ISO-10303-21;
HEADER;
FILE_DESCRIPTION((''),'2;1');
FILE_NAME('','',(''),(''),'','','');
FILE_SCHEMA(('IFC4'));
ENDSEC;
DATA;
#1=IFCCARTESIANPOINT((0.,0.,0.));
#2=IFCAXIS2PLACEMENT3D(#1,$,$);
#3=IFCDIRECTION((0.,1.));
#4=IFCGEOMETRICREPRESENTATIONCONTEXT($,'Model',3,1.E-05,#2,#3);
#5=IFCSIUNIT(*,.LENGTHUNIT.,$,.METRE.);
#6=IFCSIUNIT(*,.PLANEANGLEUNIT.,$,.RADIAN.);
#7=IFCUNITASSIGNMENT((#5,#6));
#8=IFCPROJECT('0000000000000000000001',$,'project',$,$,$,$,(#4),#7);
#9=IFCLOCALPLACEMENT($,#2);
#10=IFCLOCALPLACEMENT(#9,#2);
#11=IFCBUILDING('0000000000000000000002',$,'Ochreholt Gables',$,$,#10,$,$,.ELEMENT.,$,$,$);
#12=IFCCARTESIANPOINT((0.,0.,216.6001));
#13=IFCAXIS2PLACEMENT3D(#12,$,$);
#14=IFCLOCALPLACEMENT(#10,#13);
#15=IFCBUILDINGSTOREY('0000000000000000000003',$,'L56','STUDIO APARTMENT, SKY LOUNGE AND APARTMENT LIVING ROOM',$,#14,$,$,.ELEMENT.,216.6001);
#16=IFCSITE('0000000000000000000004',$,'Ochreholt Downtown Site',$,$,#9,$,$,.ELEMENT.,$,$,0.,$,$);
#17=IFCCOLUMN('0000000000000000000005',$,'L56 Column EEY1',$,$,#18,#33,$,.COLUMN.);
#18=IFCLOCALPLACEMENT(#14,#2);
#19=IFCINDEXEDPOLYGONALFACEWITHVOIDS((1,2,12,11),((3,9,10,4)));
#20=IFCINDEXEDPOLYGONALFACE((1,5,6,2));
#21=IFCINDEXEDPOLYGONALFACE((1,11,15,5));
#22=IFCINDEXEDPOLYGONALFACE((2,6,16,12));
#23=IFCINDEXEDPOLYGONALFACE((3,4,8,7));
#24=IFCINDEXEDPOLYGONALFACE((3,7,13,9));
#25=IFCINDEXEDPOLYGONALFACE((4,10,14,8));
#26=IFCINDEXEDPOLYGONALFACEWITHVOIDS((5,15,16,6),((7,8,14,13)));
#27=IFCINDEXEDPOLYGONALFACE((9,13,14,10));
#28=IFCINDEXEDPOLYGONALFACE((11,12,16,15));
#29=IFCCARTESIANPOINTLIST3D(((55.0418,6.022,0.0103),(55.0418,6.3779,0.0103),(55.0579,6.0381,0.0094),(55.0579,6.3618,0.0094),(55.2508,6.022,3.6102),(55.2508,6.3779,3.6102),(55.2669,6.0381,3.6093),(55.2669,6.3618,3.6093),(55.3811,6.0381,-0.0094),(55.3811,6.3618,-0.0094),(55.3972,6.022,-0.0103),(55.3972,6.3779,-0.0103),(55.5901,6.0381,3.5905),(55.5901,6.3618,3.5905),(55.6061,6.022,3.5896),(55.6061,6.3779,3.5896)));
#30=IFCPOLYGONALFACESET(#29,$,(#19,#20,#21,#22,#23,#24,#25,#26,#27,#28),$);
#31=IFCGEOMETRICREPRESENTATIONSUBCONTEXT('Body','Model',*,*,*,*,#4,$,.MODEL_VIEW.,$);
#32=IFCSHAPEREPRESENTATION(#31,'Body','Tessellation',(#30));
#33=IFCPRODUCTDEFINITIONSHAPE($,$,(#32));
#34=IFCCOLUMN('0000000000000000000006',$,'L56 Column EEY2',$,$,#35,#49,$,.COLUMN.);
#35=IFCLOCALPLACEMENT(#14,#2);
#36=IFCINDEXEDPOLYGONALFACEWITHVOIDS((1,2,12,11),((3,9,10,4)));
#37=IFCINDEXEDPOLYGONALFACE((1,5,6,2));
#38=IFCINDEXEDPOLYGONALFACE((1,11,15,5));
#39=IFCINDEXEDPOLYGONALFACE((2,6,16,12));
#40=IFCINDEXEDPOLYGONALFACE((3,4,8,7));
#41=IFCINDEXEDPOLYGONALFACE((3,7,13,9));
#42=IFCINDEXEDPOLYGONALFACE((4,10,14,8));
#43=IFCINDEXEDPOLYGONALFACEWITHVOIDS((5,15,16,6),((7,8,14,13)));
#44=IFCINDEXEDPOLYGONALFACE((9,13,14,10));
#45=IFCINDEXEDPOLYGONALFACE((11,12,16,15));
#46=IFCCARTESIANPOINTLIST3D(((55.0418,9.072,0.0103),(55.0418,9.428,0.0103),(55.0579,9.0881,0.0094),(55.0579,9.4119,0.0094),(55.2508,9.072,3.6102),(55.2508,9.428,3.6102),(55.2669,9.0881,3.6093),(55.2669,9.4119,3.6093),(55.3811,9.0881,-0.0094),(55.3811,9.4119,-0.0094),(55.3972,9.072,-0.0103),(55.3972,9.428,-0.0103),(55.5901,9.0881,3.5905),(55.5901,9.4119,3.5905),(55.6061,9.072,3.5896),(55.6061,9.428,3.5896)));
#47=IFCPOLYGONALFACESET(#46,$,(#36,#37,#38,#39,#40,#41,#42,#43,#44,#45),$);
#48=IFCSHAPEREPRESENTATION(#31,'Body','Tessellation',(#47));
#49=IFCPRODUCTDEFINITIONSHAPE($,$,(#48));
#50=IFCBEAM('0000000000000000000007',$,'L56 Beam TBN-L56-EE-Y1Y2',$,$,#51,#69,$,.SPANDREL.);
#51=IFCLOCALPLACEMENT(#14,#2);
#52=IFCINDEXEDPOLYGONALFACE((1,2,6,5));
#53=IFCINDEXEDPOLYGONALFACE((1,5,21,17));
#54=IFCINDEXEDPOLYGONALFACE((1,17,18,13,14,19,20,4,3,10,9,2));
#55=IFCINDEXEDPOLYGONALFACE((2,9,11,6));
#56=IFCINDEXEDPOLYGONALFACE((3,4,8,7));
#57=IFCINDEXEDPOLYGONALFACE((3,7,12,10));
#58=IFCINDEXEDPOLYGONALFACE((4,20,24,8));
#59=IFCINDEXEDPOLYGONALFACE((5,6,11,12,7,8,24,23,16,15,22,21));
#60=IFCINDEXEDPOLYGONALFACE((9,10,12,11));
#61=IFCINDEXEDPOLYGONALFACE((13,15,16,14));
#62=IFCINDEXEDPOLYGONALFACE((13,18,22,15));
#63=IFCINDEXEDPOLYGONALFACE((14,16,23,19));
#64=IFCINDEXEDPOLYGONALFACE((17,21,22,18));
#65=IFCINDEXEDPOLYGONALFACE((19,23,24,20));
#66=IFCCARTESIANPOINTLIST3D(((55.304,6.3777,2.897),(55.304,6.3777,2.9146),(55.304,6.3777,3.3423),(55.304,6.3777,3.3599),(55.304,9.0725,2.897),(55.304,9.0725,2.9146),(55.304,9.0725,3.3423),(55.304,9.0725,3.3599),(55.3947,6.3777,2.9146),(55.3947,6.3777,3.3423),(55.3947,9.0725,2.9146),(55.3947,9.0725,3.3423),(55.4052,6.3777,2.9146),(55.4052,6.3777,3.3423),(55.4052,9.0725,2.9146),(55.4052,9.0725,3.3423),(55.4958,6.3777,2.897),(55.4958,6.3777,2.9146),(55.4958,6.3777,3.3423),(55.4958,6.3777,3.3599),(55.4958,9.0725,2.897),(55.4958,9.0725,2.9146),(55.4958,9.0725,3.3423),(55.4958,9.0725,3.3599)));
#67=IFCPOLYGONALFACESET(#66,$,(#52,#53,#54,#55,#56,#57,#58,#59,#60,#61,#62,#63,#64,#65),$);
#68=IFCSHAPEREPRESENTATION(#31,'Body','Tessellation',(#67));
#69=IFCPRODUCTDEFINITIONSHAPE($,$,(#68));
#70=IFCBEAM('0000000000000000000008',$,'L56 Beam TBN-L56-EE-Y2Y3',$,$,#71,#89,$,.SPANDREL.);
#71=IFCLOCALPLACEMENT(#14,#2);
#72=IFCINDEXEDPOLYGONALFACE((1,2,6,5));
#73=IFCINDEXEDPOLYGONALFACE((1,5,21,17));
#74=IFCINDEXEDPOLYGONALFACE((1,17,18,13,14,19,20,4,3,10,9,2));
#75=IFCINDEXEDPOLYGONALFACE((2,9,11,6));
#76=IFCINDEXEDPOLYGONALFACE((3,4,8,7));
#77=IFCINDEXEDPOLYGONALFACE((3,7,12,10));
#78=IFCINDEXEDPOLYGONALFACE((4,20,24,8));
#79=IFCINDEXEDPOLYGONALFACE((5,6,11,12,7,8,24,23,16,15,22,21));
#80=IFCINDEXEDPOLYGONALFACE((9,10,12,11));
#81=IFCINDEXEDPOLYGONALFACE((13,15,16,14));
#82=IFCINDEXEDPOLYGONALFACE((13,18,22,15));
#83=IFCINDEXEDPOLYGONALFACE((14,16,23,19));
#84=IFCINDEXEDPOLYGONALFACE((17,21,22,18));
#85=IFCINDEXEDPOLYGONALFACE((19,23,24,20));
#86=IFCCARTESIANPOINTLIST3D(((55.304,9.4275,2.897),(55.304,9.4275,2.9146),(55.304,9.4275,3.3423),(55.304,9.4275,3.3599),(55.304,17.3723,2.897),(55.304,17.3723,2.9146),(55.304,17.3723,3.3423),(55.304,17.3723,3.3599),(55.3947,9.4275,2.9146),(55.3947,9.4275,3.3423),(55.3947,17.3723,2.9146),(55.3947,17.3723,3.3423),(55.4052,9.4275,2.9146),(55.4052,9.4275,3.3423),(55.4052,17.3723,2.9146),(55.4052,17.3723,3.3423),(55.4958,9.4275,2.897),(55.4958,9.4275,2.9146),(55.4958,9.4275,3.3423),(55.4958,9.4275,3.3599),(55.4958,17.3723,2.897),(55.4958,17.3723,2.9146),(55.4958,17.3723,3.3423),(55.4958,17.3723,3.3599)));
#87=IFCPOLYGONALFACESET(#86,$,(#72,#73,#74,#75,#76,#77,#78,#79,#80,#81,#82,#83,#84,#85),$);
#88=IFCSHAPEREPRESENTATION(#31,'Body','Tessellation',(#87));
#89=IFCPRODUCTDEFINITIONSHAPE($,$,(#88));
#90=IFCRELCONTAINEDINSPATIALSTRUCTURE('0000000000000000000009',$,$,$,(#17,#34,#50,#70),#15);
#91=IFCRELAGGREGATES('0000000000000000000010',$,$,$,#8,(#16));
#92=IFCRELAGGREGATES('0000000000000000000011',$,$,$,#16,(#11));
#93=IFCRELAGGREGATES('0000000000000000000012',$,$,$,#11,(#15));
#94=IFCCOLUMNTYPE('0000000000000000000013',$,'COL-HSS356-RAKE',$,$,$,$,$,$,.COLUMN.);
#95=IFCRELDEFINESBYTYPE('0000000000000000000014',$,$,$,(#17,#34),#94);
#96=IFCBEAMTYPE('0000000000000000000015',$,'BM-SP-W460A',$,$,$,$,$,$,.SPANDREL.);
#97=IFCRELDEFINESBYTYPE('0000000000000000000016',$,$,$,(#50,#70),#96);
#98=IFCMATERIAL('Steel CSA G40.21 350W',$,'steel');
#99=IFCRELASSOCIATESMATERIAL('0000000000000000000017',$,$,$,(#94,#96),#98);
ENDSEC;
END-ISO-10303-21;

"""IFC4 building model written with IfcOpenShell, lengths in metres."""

from ifc_helpers import new_model, si_unit, direction, frame, origin, origin_2d, place, context, subcontext, project, spatial, hollow_rectangle, i_section, extrude, material, material_profile, profile_set, type_object, element, save


model = new_model("IFC4")

# Units and contexts
model_context = context("Model", 3, precision=1e-05, world=origin(), true_north=direction((0.0, 1.0)))
body_context = subcontext(model_context, "Body", "Model", "MODEL_VIEW")
ifc_project = project(units=[si_unit("LENGTHUNIT", "METRE"), si_unit("PLANEANGLEUNIT", "RADIAN")], contexts=[model_context])

# Site, building, storey
site_placement = place(None, origin())
site = spatial("IfcSite", under=ifc_project, at=site_placement, Name="Ochreholt Downtown Site", CompositionType="ELEMENT", RefElevation=0.0)
building_placement = place(site_placement, origin())
building = spatial("IfcBuilding", under=site, at=building_placement, Name="Ochreholt Gables", CompositionType="ELEMENT")
storey_placement = place(building_placement, frame((0.0, 0.0, 216.6001)))
storey = spatial("IfcBuildingStorey", under=building, at=storey_placement, Name="L56", Description="STUDIO APARTMENT, SKY LOUNGE AND APARTMENT LIVING ROOM", CompositionType="ELEMENT", Elevation=216.6001)

# Columns
ifc_material_1 = material(Name="Steel CSA G40.21 350W", Category="steel")
ifc_material_profile_1 = material_profile(ifc_material_1, hollow_rectangle(XDim=0.356, YDim=0.356, WallThickness=0.0161, at=origin_2d()), Name="HSS356X356X16")
ifc_profile_set_1 = profile_set([ifc_material_profile_1], Name="Steel CSA G40.21 350W")
column_type = type_object("IfcColumnType", Name="COL-HSS356-RAKE", PredefinedType="COLUMN", material=ifc_profile_set_1)
for number, where, z_axis, x_axis, name in (
    (1, (55.2195, 6.2, 0.0), (0.057956, 0.0, 0.998319), (0.0, 1.0, 0.0), "L56 Column EEY1"),
    (2, (55.2195, 9.25, 0.0), (0.057956, 0.0, 0.998319), (0.0, 1.0, 0.0), "L56 Column EEY2"),
):
    element("IfcColumn", number, at=place(storey_placement, frame(where, z_axis=z_axis, x_axis=x_axis)), inside=storey, type_object=column_type, Name=name, PredefinedType="COLUMN", context=body_context, shape_type="SweptSolid", body=[
        extrude(hollow_rectangle(XDim=0.356, YDim=0.356, WallThickness=0.0161, at=origin_2d()), origin(), (0.0, 0.0, 1.0), 3.606),
    ])

# Beams
ifc_material_profile_2 = material_profile(ifc_material_1, i_section(OverallWidth=0.1919, OverallDepth=0.4629, WebThickness=0.0105, FlangeThickness=0.0176, at=origin_2d()), Name="W460X89")
ifc_profile_set_2 = profile_set([ifc_material_profile_2], Name="Steel CSA G40.21 350W")
beam_type = type_object("IfcBeamType", Name="BM-SP-W460A", PredefinedType="SPANDREL", material=ifc_profile_set_2)
beam_1_placement = place(storey_placement, frame((55.3999, 6.3777, 3.1284), z_axis=(0.0, 1.0, 0.0), x_axis=(-1.0, 0.0, 0.0)))
element("IfcBeam", 3, at=beam_1_placement, inside=storey, type_object=beam_type, Name="L56 Beam TBN-L56-EE-Y1Y2", PredefinedType="SPANDREL", context=body_context, shape_type="SweptSolid", body=[
    extrude(i_section(OverallWidth=0.1919, OverallDepth=0.4629, WebThickness=0.0105, FlangeThickness=0.0176, at=origin_2d()), origin(), (0.0, 0.0, 1.0), 2.6948),
])
beam_2_placement = place(storey_placement, frame((55.3999, 9.4275, 3.1284), z_axis=(0.0, 1.0, 0.0), x_axis=(-1.0, 0.0, 0.0)))
element("IfcBeam", 4, at=beam_2_placement, inside=storey, type_object=beam_type, Name="L56 Beam TBN-L56-EE-Y2Y3", PredefinedType="SPANDREL", context=body_context, shape_type="SweptSolid", body=[
    extrude(i_section(OverallWidth=0.1919, OverallDepth=0.4629, WebThickness=0.0105, FlangeThickness=0.0176, at=origin_2d()), origin(), (0.0, 0.0, 1.0), 7.9448),
])

save(model, "model.ifc")
